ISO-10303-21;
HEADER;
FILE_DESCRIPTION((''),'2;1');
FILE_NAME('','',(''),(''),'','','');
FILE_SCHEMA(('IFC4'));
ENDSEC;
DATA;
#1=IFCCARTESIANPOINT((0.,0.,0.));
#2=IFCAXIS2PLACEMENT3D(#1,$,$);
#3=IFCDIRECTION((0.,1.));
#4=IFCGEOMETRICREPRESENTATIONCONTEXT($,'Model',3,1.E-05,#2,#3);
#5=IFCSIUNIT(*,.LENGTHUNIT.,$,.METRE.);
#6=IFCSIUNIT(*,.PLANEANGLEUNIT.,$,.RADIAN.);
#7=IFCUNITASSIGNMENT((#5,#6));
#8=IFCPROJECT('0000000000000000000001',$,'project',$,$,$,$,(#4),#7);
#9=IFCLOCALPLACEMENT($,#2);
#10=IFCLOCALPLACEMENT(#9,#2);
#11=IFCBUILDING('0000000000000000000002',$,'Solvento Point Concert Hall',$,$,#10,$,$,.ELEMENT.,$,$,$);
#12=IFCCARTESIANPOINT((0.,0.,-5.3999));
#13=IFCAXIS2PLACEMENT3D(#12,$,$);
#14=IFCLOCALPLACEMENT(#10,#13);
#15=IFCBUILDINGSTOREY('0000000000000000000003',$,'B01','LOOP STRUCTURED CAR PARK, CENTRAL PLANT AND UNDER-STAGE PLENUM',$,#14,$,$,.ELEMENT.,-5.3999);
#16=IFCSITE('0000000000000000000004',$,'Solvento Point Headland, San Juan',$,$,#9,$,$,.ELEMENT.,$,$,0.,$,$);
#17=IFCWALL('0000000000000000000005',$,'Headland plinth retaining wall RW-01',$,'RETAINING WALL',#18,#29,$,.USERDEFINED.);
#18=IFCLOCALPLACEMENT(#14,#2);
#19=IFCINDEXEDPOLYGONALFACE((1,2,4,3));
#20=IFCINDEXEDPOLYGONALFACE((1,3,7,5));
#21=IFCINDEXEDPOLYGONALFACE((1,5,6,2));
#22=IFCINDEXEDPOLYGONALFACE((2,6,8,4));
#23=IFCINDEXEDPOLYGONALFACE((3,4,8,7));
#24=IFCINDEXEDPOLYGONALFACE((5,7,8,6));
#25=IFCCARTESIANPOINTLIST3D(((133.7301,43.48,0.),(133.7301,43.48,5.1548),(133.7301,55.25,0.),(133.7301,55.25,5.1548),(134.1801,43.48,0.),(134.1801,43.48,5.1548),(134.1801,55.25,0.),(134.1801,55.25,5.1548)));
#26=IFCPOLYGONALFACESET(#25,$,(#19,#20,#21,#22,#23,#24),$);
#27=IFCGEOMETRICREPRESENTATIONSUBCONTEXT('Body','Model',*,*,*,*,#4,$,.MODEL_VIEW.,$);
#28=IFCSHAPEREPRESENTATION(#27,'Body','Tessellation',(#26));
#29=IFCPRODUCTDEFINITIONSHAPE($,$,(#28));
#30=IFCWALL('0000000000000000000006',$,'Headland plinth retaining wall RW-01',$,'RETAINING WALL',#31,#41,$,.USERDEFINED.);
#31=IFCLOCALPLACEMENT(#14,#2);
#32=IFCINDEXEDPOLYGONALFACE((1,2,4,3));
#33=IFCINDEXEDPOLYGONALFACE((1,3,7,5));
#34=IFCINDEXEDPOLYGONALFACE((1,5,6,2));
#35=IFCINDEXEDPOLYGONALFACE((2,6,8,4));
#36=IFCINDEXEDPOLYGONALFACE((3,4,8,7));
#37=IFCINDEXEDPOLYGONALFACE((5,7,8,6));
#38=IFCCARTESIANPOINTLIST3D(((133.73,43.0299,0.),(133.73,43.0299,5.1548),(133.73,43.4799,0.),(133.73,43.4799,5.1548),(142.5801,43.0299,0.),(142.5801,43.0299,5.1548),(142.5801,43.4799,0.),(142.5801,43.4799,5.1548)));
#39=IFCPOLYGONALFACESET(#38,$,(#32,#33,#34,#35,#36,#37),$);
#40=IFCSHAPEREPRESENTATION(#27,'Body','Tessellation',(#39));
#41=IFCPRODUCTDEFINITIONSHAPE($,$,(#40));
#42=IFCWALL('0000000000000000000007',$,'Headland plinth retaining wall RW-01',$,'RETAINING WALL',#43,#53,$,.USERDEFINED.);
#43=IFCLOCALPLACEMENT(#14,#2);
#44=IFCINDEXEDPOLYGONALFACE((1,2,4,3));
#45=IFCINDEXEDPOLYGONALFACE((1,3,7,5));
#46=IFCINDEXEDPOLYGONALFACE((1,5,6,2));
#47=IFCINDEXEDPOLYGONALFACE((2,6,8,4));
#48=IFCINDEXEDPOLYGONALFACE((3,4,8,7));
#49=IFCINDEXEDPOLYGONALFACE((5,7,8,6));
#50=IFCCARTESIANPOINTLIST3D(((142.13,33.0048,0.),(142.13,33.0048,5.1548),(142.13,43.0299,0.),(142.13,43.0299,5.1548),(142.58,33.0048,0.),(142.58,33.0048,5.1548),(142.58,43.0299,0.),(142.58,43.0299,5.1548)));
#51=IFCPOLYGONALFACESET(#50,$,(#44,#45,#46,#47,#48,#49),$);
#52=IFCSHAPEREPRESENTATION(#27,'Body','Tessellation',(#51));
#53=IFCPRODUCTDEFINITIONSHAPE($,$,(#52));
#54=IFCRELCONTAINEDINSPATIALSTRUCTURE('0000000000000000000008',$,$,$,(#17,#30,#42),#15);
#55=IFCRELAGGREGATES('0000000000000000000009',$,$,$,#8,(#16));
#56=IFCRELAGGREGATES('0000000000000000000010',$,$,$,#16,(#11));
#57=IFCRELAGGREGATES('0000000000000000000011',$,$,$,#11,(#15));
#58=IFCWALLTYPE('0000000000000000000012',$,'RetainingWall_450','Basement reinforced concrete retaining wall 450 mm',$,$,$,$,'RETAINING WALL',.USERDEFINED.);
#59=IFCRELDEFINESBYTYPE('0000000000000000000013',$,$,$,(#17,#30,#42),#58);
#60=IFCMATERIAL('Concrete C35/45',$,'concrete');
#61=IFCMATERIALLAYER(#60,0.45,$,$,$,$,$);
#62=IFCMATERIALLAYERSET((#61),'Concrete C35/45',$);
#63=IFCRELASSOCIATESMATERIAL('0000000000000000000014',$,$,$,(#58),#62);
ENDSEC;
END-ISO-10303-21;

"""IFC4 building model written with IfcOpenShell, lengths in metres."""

from ifc_helpers import new_model, si_unit, direction, frame, frame_2d, origin, place, context, subcontext, project, spatial, rectangle, extrude, material, layer, layer_set, type_object, element, save


model = new_model("IFC4")

# Units and contexts
model_context = context("Model", 3, precision=1e-05, world=origin(), true_north=direction((0.0, 1.0)))
body_context = subcontext(model_context, "Body", "Model", "MODEL_VIEW")
ifc_project = project(units=[si_unit("LENGTHUNIT", "METRE"), si_unit("PLANEANGLEUNIT", "RADIAN")], contexts=[model_context])

# Site, building, storey
site_placement = place(None, origin())
site = spatial("IfcSite", under=ifc_project, at=site_placement, Name="Solvento Point Headland, San Juan", CompositionType="ELEMENT", RefElevation=0.0)
building_placement = place(site_placement, origin())
building = spatial("IfcBuilding", under=site, at=building_placement, Name="Solvento Point Concert Hall", CompositionType="ELEMENT")
storey_placement = place(building_placement, frame((0.0, 0.0, -5.3999)))
storey = spatial("IfcBuildingStorey", under=building, at=storey_placement, Name="B01", Description="LOOP STRUCTURED CAR PARK, CENTRAL PLANT AND UNDER-STAGE PLENUM", CompositionType="ELEMENT", Elevation=-5.3999)

# Walls
ifc_material_1 = material(Name="Concrete C35/45", Category="concrete")
ifc_layer = layer(ifc_material_1, 0.45)
ifc_layer_set = layer_set([ifc_layer], Name="Concrete C35/45")
wall_type = type_object("IfcWallType", Name="RetainingWall_450", Description="Basement reinforced concrete retaining wall 450 mm", ElementType="RETAINING WALL", PredefinedType="USERDEFINED", material=ifc_layer_set)
wall_1_placement = place(storey_placement, frame((133.9551, 55.25, 0.0), z_axis=(0.0, 0.0, 1.0), x_axis=(0.0, -1.0, 0.0)))
element("IfcWall", 1, at=wall_1_placement, inside=storey, type_object=wall_type, Name="Headland plinth retaining wall RW-01", ObjectType="RETAINING WALL", PredefinedType="USERDEFINED", context=body_context, shape_type="SweptSolid", body=[
    extrude(rectangle(XDim=11.77, YDim=0.45, at=frame_2d((5.885, 0.0))), origin(), (0.0, 0.0, 1.0), 5.1548),
])
wall_2_placement = place(storey_placement, frame((133.73, 43.2549, 0.0), z_axis=(0.0, 0.0, 1.0), x_axis=(1.0, 0.0, 0.0)))
element("IfcWall", 2, at=wall_2_placement, inside=storey, type_object=wall_type, Name="Headland plinth retaining wall RW-01", ObjectType="RETAINING WALL", PredefinedType="USERDEFINED", context=body_context, shape_type="SweptSolid", body=[
    extrude(rectangle(XDim=8.8501, YDim=0.45, at=frame_2d((4.425, 0.0))), origin(), (0.0, 0.0, 1.0), 5.1548),
])
wall_3_placement = place(storey_placement, frame((142.355, 43.03, 0.0), z_axis=(0.0, 0.0, 1.0), x_axis=(0.0, -1.0, 0.0)))
element("IfcWall", 3, at=wall_3_placement, inside=storey, type_object=wall_type, Name="Headland plinth retaining wall RW-01", ObjectType="RETAINING WALL", PredefinedType="USERDEFINED", context=body_context, shape_type="SweptSolid", body=[
    extrude(rectangle(XDim=10.0251, YDim=0.45, at=frame_2d((5.0127, 0.0))), origin(), (0.0, 0.0, 1.0), 5.1548),
])

save(model, "model.ifc")
